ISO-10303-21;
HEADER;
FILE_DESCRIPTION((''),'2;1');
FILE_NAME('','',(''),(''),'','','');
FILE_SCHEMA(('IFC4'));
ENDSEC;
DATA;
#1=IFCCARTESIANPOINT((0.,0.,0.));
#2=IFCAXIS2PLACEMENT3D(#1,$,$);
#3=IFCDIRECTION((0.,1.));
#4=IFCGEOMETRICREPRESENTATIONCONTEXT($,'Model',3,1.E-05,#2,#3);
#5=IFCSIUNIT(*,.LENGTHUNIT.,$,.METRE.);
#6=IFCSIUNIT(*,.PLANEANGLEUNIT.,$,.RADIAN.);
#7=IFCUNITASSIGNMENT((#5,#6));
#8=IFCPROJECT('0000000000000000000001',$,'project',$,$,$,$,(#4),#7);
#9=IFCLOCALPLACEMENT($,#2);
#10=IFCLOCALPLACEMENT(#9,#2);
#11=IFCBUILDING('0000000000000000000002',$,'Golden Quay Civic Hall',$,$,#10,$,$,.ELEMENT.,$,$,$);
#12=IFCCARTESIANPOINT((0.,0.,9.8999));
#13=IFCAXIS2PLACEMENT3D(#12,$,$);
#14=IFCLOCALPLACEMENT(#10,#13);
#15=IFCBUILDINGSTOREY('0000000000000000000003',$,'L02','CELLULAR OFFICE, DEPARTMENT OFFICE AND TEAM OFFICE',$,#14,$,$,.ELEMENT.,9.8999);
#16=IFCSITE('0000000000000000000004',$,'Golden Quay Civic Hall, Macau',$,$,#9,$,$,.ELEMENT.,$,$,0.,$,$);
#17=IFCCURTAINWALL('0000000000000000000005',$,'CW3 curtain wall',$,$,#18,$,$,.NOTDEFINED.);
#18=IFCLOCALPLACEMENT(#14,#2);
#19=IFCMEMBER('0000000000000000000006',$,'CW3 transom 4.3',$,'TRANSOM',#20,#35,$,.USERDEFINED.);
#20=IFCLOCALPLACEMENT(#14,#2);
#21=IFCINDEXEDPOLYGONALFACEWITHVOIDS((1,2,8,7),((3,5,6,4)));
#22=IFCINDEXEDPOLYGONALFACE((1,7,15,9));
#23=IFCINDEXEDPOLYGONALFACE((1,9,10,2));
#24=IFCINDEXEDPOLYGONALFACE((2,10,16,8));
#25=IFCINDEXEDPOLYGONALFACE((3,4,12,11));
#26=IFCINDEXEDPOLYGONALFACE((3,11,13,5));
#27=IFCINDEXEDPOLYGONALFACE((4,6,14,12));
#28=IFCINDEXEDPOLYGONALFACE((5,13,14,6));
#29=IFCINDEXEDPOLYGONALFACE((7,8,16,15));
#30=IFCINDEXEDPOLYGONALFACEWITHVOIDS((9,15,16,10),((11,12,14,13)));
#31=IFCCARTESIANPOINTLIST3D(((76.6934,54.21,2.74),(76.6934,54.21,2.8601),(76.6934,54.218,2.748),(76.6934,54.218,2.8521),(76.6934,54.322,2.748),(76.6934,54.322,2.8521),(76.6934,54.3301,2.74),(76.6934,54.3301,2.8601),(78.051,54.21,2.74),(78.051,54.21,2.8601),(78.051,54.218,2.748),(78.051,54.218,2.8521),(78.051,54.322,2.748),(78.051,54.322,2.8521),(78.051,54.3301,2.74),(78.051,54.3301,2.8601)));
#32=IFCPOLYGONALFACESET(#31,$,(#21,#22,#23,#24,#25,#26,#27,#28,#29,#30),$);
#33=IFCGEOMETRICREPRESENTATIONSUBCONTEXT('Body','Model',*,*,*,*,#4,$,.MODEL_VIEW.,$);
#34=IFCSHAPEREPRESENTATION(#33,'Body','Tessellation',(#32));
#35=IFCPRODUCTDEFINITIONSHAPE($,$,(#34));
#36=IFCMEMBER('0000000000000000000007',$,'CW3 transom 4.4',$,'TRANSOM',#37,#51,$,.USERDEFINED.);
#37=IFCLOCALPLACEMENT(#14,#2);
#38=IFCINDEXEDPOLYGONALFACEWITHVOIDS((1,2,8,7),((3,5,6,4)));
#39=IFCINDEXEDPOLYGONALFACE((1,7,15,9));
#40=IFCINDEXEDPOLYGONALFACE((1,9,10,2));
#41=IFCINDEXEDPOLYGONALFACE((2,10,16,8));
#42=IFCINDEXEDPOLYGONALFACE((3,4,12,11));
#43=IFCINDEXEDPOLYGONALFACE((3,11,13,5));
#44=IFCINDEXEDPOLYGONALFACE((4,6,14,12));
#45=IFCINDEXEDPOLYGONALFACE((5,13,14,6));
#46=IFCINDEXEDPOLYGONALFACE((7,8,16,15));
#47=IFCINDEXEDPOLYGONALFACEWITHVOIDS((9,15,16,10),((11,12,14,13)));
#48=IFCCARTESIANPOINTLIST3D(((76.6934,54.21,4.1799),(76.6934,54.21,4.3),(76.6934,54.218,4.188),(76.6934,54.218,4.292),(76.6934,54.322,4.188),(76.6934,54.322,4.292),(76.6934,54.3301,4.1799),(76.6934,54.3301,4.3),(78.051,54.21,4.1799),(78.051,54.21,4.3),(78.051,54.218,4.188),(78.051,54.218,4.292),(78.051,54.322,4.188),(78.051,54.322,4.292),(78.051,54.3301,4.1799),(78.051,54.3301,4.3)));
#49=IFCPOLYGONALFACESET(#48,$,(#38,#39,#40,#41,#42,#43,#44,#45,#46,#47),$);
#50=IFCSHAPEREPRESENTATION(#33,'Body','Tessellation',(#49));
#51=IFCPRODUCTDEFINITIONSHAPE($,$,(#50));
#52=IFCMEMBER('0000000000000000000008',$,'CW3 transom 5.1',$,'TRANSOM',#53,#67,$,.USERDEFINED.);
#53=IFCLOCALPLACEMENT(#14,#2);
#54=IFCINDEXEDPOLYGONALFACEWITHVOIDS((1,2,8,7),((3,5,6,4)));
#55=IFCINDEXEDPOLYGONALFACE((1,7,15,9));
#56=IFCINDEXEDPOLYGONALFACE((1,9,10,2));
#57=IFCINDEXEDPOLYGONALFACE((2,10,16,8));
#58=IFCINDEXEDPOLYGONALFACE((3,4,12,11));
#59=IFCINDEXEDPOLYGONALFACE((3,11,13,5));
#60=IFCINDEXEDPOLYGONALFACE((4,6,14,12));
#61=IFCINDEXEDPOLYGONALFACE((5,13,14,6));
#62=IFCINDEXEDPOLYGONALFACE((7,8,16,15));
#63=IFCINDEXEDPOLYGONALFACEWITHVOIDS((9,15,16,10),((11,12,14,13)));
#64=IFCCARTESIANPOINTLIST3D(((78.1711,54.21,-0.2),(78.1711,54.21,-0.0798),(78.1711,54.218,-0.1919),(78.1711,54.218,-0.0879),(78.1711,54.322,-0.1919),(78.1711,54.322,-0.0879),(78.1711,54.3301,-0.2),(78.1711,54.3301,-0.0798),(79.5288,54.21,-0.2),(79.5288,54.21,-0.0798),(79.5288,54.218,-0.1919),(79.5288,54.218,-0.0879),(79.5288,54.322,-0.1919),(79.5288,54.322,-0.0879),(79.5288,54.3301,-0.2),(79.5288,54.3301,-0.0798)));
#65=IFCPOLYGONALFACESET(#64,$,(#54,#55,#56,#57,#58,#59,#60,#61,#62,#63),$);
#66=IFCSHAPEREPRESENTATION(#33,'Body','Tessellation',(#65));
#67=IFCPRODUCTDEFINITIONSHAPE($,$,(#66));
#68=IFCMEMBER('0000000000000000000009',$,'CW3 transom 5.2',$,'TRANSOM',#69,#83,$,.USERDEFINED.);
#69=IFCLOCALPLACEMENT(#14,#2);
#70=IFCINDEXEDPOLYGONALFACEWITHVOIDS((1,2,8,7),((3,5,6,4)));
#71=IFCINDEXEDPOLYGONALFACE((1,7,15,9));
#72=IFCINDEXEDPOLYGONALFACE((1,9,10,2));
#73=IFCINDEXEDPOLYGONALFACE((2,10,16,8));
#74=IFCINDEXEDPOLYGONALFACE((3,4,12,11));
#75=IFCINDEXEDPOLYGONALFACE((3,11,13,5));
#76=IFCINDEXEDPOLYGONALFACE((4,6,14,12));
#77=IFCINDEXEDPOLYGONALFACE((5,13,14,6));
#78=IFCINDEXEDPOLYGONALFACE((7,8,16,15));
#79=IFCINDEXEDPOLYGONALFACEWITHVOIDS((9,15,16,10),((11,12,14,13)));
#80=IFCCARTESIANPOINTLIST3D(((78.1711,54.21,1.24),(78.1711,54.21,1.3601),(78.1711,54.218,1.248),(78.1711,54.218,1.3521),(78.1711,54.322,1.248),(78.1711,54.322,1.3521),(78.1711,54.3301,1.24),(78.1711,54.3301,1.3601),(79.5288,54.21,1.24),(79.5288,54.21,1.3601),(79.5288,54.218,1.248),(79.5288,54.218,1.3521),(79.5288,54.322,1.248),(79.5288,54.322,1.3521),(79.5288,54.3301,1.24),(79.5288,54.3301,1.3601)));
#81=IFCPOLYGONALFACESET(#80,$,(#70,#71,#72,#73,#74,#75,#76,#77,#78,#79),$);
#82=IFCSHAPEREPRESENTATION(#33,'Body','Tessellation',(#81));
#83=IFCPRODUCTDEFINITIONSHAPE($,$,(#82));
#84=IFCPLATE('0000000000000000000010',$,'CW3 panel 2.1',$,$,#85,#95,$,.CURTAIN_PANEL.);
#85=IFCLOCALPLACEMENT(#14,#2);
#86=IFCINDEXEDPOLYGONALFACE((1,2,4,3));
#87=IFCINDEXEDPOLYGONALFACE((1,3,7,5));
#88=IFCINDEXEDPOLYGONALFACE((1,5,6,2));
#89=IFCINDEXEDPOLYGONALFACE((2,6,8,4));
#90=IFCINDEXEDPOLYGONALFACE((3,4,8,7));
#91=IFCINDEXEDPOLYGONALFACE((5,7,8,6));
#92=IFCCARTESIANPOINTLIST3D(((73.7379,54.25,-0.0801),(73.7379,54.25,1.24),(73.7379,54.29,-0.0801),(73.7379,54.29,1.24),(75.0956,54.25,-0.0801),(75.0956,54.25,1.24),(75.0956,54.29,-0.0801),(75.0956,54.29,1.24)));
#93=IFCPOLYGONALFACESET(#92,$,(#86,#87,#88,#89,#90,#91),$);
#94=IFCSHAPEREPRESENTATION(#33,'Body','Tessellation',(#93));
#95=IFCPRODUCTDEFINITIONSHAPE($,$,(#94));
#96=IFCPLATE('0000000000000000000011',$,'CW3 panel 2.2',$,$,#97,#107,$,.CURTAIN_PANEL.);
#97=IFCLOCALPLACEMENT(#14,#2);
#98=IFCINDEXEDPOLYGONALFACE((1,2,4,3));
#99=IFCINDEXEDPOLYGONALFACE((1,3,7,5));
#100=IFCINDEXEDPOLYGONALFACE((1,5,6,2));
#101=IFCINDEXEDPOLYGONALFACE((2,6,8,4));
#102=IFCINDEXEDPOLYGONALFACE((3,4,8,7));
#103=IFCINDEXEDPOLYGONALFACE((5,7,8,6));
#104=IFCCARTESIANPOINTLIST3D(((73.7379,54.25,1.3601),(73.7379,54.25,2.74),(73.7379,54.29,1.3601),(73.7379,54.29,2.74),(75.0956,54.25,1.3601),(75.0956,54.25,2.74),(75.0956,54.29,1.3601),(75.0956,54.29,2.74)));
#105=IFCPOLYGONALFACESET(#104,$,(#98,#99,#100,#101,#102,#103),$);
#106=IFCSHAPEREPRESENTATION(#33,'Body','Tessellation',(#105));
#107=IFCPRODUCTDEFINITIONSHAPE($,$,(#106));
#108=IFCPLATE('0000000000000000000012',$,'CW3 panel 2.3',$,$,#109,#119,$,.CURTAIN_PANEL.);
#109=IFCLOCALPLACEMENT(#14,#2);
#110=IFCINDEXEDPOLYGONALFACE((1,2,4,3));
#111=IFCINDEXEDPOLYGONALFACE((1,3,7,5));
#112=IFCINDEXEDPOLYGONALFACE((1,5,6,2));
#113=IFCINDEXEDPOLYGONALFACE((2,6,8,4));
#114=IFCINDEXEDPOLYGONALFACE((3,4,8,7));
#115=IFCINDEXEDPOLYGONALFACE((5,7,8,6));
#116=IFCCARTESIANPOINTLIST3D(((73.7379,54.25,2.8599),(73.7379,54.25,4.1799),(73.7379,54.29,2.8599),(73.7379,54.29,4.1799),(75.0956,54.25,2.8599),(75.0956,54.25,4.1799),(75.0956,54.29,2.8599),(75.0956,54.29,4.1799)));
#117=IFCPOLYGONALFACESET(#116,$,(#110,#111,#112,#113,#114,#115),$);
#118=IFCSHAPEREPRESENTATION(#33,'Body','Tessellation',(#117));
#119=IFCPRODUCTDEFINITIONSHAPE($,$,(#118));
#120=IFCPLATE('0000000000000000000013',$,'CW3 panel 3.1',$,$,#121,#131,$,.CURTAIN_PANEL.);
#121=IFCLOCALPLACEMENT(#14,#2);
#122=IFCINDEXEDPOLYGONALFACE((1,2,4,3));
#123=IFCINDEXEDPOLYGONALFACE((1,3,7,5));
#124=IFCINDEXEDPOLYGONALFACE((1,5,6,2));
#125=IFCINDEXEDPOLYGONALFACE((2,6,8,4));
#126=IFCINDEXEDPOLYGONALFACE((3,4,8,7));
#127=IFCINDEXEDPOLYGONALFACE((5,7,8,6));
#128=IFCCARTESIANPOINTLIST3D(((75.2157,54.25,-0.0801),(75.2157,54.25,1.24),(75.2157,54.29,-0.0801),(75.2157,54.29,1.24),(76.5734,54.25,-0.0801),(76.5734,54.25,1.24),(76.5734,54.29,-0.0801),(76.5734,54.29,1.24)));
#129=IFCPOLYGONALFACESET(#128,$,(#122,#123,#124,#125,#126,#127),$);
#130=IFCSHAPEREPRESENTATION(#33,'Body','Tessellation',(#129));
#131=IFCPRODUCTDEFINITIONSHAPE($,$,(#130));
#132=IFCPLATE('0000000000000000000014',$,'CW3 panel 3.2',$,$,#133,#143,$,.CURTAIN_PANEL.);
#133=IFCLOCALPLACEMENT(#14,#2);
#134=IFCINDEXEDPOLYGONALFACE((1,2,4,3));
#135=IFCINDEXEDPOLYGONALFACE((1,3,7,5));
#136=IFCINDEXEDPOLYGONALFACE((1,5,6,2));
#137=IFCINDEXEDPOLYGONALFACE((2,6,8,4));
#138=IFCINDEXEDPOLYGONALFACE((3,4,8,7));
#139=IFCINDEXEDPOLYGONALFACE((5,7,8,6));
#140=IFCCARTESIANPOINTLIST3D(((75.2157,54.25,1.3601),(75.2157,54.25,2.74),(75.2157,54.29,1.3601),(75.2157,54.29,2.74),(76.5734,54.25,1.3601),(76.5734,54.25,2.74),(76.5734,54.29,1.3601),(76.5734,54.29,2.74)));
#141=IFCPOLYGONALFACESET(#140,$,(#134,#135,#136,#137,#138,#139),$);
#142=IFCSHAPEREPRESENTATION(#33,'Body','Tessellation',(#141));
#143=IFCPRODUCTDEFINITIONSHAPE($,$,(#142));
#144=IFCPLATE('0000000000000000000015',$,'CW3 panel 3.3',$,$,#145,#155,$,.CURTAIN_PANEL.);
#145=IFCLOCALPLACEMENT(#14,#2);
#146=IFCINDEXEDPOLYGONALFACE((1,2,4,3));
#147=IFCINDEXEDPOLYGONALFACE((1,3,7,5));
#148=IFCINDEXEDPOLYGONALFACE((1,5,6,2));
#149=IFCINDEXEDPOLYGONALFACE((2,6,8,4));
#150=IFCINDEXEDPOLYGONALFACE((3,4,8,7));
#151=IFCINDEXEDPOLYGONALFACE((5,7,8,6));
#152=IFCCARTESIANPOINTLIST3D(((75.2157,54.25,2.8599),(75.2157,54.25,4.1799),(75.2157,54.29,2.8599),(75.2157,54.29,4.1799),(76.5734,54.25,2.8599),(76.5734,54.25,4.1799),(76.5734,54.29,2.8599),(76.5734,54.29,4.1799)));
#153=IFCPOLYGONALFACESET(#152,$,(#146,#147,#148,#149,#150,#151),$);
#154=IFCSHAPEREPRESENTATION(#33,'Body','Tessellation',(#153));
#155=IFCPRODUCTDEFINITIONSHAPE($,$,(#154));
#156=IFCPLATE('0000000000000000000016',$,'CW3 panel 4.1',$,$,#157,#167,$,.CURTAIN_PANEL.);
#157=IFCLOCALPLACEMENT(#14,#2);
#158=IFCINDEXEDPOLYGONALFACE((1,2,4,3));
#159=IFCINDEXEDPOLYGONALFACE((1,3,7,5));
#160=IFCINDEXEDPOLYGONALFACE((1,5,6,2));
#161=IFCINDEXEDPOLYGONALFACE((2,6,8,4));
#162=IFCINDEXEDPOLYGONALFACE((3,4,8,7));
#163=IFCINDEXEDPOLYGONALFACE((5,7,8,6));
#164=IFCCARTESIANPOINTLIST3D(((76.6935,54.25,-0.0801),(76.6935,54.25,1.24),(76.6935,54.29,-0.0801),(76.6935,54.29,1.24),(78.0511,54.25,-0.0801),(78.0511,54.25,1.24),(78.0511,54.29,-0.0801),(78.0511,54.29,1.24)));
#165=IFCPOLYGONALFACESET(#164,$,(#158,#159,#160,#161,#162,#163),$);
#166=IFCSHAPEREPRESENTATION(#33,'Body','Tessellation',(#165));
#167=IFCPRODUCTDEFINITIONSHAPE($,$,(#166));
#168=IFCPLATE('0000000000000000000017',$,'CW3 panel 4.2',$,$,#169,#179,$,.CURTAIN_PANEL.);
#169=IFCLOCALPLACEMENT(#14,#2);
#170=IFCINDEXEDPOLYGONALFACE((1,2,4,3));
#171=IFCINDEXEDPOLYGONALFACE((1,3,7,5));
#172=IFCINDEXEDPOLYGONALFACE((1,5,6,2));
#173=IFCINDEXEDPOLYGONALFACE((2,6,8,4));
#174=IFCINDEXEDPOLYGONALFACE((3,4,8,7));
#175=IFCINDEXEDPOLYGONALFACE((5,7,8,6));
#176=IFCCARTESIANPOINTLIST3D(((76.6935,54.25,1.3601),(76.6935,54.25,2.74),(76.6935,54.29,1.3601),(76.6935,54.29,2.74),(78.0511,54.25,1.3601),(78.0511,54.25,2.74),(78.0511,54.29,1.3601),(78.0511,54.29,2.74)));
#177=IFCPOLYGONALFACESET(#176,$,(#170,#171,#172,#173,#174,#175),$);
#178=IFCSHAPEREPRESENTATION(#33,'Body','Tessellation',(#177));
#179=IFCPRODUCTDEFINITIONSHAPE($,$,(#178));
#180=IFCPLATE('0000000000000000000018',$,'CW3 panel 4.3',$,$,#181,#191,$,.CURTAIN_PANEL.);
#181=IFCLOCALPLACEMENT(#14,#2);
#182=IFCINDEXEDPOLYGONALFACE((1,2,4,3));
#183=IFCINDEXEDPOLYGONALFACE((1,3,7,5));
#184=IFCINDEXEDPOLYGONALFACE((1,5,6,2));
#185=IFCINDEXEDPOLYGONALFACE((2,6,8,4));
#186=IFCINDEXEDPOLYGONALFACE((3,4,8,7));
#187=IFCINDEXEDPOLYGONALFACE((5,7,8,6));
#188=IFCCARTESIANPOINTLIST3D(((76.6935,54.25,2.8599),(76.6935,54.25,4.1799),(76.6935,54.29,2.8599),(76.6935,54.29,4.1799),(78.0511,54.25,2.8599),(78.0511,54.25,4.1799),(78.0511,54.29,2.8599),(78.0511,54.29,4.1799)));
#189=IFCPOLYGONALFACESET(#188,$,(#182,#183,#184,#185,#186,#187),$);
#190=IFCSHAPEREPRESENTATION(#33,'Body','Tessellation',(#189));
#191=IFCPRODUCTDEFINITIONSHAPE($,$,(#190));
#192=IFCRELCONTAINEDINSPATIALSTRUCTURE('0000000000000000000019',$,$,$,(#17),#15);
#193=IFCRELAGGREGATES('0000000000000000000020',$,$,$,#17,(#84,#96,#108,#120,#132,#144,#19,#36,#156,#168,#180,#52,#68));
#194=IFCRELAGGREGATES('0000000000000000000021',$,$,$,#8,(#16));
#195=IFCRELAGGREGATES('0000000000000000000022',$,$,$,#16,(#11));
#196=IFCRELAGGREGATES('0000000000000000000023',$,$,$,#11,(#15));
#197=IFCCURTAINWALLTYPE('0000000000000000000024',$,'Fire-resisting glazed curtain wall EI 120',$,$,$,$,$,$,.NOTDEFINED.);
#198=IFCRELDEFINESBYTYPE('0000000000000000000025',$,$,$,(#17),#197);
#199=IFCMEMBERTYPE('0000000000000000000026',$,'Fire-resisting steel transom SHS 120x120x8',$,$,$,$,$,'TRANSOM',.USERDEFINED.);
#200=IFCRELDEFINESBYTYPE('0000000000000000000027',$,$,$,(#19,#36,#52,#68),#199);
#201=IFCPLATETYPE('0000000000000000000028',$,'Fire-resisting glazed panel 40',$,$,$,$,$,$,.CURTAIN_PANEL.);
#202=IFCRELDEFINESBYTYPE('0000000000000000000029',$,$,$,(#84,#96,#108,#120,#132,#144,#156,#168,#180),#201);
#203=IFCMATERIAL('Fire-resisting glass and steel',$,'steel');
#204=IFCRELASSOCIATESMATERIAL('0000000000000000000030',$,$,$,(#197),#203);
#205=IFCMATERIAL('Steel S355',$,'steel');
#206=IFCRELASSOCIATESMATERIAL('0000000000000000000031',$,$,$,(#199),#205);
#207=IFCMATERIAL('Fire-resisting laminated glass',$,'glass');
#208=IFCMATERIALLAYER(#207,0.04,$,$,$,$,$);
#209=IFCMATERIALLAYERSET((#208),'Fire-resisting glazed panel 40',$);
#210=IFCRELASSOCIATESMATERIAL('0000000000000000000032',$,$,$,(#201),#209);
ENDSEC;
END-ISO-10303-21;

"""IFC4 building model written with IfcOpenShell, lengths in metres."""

from ifc_helpers import new_model, si_unit, direction, frame, origin, origin_2d, place, context, subcontext, project, spatial, rectangle, hollow_rectangle, extrude, material, layer, layer_set, material_profile, profile_set, type_object, element, aggregate, save


model = new_model("IFC4")

# Units and contexts
model_context = context("Model", 3, precision=1e-05, world=origin(), true_north=direction((0.0, 1.0)))
body_context = subcontext(model_context, "Body", "Model", "MODEL_VIEW")
ifc_project = project(units=[si_unit("LENGTHUNIT", "METRE"), si_unit("PLANEANGLEUNIT", "RADIAN")], contexts=[model_context])

# Site, building, storey
site_placement = place(None, origin())
site = spatial("IfcSite", under=ifc_project, at=site_placement, Name="Golden Quay Civic Hall, Macau", CompositionType="ELEMENT", RefElevation=0.0)
building_placement = place(site_placement, origin())
building = spatial("IfcBuilding", under=site, at=building_placement, Name="Golden Quay Civic Hall", CompositionType="ELEMENT")
storey_placement = place(building_placement, frame((0.0, 0.0, 9.8999)))
storey = spatial("IfcBuildingStorey", under=building, at=storey_placement, Name="L02", Description="CELLULAR OFFICE, DEPARTMENT OFFICE AND TEAM OFFICE", CompositionType="ELEMENT", Elevation=9.8999)

# Curtain wall, members, plates
ifc_material_1 = material(Name="Fire-resisting glass and steel", Category="steel")
curtain_wall_type = type_object("IfcCurtainWallType", Name="Fire-resisting glazed curtain wall EI 120", PredefinedType="NOTDEFINED", material=ifc_material_1)
curtain_wall_placement = place(storey_placement, origin())
curtain_wall = element("IfcCurtainWall", 1, at=curtain_wall_placement, inside=storey, type_object=curtain_wall_type, Name="CW3 curtain wall", PredefinedType="NOTDEFINED")
ifc_material_2 = material(Name="Steel S355", Category="steel")
ifc_material_profile_1 = material_profile(ifc_material_2, hollow_rectangle(XDim=0.1201, YDim=0.1201, WallThickness=0.0081, at=origin_2d()), Name="SHS 120x120x8")
ifc_profile_set_1 = profile_set([ifc_material_profile_1], Name="Steel S355")
member_type_1 = type_object("IfcMemberType", Name="Fire-resisting steel transom SHS 120x120x8", ElementType="TRANSOM", PredefinedType="USERDEFINED", material=ifc_profile_set_1)
member_1_placement = place(storey_placement, frame((76.6934, 54.27, 2.8), z_axis=(1.0, 0.0, 0.0), x_axis=(0.0, 1.0, 0.0)))
member_1 = element("IfcMember", 2, at=member_1_placement, type_object=member_type_1, Name="CW3 transom 4.3", ObjectType="TRANSOM", PredefinedType="USERDEFINED", context=body_context, shape_type="SweptSolid", body=[
    extrude(hollow_rectangle(XDim=0.1201, YDim=0.1201, WallThickness=0.0081, at=origin_2d()), origin(), (0.0, 0.0, 1.0), 1.3577),
])
member_2_placement = place(storey_placement, frame((76.6934, 54.27, 4.24), z_axis=(1.0, 0.0, 0.0), x_axis=(0.0, 1.0, 0.0)))
member_2 = element("IfcMember", 3, at=member_2_placement, type_object=member_type_1, Name="CW3 transom 4.4", ObjectType="TRANSOM", PredefinedType="USERDEFINED", context=body_context, shape_type="SweptSolid", body=[
    extrude(hollow_rectangle(XDim=0.1201, YDim=0.1201, WallThickness=0.0081, at=origin_2d()), origin(), (0.0, 0.0, 1.0), 1.3577),
])
member_3_placement = place(storey_placement, frame((78.1711, 54.27, -0.1399), z_axis=(1.0, 0.0, 0.0), x_axis=(0.0, 1.0, 0.0)))
member_3 = element("IfcMember", 4, at=member_3_placement, type_object=member_type_1, Name="CW3 transom 5.1", ObjectType="TRANSOM", PredefinedType="USERDEFINED", context=body_context, shape_type="SweptSolid", body=[
    extrude(hollow_rectangle(XDim=0.1201, YDim=0.1201, WallThickness=0.0081, at=origin_2d()), origin(), (0.0, 0.0, 1.0), 1.3577),
])
member_4_placement = place(storey_placement, frame((78.1711, 54.27, 1.3), z_axis=(1.0, 0.0, 0.0), x_axis=(0.0, 1.0, 0.0)))
member_4 = element("IfcMember", 5, at=member_4_placement, type_object=member_type_1, Name="CW3 transom 5.2", ObjectType="TRANSOM", PredefinedType="USERDEFINED", context=body_context, shape_type="SweptSolid", body=[
    extrude(hollow_rectangle(XDim=0.1201, YDim=0.1201, WallThickness=0.0081, at=origin_2d()), origin(), (0.0, 0.0, 1.0), 1.3577),
])
ifc_material_3 = material(Name="Fire-resisting laminated glass", Category="glass")
ifc_layer = layer(ifc_material_3, 0.04)
ifc_layer_set = layer_set([ifc_layer], Name="Fire-resisting glazed panel 40")
plate_type = type_object("IfcPlateType", Name="Fire-resisting glazed panel 40", PredefinedType="CURTAIN_PANEL", material=ifc_layer_set)
plate_1_placement = place(storey_placement, frame((74.4167, 54.27, -0.0801), z_axis=(0.0, 0.0, 1.0), x_axis=(1.0, 0.0, 0.0)))
plate_1 = element("IfcPlate", 6, at=plate_1_placement, type_object=plate_type, Name="CW3 panel 2.1", PredefinedType="CURTAIN_PANEL", context=body_context, shape_type="SweptSolid", body=[
    extrude(rectangle(XDim=1.3577, YDim=0.04, at=origin_2d()), origin(), (0.0, 0.0, 1.0), 1.3201),
])
plate_2_placement = place(storey_placement, frame((74.4167, 54.27, 1.3601), z_axis=(0.0, 0.0, 1.0), x_axis=(1.0, 0.0, 0.0)))
plate_2 = element("IfcPlate", 7, at=plate_2_placement, type_object=plate_type, Name="CW3 panel 2.2", PredefinedType="CURTAIN_PANEL", context=body_context, shape_type="SweptSolid", body=[
    extrude(rectangle(XDim=1.3577, YDim=0.04, at=origin_2d()), origin(), (0.0, 0.0, 1.0), 1.3799),
])
plate_3_placement = place(storey_placement, frame((74.4167, 54.27, 2.8599), z_axis=(0.0, 0.0, 1.0), x_axis=(1.0, 0.0, 0.0)))
plate_3 = element("IfcPlate", 8, at=plate_3_placement, type_object=plate_type, Name="CW3 panel 2.3", PredefinedType="CURTAIN_PANEL", context=body_context, shape_type="SweptSolid", body=[
    extrude(rectangle(XDim=1.3577, YDim=0.04, at=origin_2d()), origin(), (0.0, 0.0, 1.0), 1.3201),
])
plate_4_placement = place(storey_placement, frame((75.8945, 54.27, -0.0801), z_axis=(0.0, 0.0, 1.0), x_axis=(1.0, 0.0, 0.0)))
plate_4 = element("IfcPlate", 9, at=plate_4_placement, type_object=plate_type, Name="CW3 panel 3.1", PredefinedType="CURTAIN_PANEL", context=body_context, shape_type="SweptSolid", body=[
    extrude(rectangle(XDim=1.3577, YDim=0.04, at=origin_2d()), origin(), (0.0, 0.0, 1.0), 1.3201),
])
plate_5_placement = place(storey_placement, frame((75.8945, 54.27, 1.3601), z_axis=(0.0, 0.0, 1.0), x_axis=(1.0, 0.0, 0.0)))
plate_5 = element("IfcPlate", 10, at=plate_5_placement, type_object=plate_type, Name="CW3 panel 3.2", PredefinedType="CURTAIN_PANEL", context=body_context, shape_type="SweptSolid", body=[
    extrude(rectangle(XDim=1.3577, YDim=0.04, at=origin_2d()), origin(), (0.0, 0.0, 1.0), 1.3799),
])
plate_6_placement = place(storey_placement, frame((75.8945, 54.27, 2.8599), z_axis=(0.0, 0.0, 1.0), x_axis=(1.0, 0.0, 0.0)))
plate_6 = element("IfcPlate", 11, at=plate_6_placement, type_object=plate_type, Name="CW3 panel 3.3", PredefinedType="CURTAIN_PANEL", context=body_context, shape_type="SweptSolid", body=[
    extrude(rectangle(XDim=1.3577, YDim=0.04, at=origin_2d()), origin(), (0.0, 0.0, 1.0), 1.3201),
])
plate_7_placement = place(storey_placement, frame((77.3723, 54.27, -0.0801), z_axis=(0.0, 0.0, 1.0), x_axis=(1.0, 0.0, 0.0)))
plate_7 = element("IfcPlate", 12, at=plate_7_placement, type_object=plate_type, Name="CW3 panel 4.1", PredefinedType="CURTAIN_PANEL", context=body_context, shape_type="SweptSolid", body=[
    extrude(rectangle(XDim=1.3577, YDim=0.04, at=origin_2d()), origin(), (0.0, 0.0, 1.0), 1.3201),
])
plate_8_placement = place(storey_placement, frame((77.3723, 54.27, 1.3601), z_axis=(0.0, 0.0, 1.0), x_axis=(1.0, 0.0, 0.0)))
plate_8 = element("IfcPlate", 13, at=plate_8_placement, type_object=plate_type, Name="CW3 panel 4.2", PredefinedType="CURTAIN_PANEL", context=body_context, shape_type="SweptSolid", body=[
    extrude(rectangle(XDim=1.3577, YDim=0.04, at=origin_2d()), origin(), (0.0, 0.0, 1.0), 1.3799),
])
plate_9_placement = place(storey_placement, frame((77.3723, 54.27, 2.8599), z_axis=(0.0, 0.0, 1.0), x_axis=(1.0, 0.0, 0.0)))
plate_9 = element("IfcPlate", 14, at=plate_9_placement, type_object=plate_type, Name="CW3 panel 4.3", PredefinedType="CURTAIN_PANEL", context=body_context, shape_type="SweptSolid", body=[
    extrude(rectangle(XDim=1.3577, YDim=0.04, at=origin_2d()), origin(), (0.0, 0.0, 1.0), 1.3201),
])
aggregate(curtain_wall, [plate_1, plate_2, plate_3, plate_4, plate_5, plate_6, member_1, member_2, plate_7, plate_8, plate_9, member_3, member_4])

save(model, "model.ifc")
